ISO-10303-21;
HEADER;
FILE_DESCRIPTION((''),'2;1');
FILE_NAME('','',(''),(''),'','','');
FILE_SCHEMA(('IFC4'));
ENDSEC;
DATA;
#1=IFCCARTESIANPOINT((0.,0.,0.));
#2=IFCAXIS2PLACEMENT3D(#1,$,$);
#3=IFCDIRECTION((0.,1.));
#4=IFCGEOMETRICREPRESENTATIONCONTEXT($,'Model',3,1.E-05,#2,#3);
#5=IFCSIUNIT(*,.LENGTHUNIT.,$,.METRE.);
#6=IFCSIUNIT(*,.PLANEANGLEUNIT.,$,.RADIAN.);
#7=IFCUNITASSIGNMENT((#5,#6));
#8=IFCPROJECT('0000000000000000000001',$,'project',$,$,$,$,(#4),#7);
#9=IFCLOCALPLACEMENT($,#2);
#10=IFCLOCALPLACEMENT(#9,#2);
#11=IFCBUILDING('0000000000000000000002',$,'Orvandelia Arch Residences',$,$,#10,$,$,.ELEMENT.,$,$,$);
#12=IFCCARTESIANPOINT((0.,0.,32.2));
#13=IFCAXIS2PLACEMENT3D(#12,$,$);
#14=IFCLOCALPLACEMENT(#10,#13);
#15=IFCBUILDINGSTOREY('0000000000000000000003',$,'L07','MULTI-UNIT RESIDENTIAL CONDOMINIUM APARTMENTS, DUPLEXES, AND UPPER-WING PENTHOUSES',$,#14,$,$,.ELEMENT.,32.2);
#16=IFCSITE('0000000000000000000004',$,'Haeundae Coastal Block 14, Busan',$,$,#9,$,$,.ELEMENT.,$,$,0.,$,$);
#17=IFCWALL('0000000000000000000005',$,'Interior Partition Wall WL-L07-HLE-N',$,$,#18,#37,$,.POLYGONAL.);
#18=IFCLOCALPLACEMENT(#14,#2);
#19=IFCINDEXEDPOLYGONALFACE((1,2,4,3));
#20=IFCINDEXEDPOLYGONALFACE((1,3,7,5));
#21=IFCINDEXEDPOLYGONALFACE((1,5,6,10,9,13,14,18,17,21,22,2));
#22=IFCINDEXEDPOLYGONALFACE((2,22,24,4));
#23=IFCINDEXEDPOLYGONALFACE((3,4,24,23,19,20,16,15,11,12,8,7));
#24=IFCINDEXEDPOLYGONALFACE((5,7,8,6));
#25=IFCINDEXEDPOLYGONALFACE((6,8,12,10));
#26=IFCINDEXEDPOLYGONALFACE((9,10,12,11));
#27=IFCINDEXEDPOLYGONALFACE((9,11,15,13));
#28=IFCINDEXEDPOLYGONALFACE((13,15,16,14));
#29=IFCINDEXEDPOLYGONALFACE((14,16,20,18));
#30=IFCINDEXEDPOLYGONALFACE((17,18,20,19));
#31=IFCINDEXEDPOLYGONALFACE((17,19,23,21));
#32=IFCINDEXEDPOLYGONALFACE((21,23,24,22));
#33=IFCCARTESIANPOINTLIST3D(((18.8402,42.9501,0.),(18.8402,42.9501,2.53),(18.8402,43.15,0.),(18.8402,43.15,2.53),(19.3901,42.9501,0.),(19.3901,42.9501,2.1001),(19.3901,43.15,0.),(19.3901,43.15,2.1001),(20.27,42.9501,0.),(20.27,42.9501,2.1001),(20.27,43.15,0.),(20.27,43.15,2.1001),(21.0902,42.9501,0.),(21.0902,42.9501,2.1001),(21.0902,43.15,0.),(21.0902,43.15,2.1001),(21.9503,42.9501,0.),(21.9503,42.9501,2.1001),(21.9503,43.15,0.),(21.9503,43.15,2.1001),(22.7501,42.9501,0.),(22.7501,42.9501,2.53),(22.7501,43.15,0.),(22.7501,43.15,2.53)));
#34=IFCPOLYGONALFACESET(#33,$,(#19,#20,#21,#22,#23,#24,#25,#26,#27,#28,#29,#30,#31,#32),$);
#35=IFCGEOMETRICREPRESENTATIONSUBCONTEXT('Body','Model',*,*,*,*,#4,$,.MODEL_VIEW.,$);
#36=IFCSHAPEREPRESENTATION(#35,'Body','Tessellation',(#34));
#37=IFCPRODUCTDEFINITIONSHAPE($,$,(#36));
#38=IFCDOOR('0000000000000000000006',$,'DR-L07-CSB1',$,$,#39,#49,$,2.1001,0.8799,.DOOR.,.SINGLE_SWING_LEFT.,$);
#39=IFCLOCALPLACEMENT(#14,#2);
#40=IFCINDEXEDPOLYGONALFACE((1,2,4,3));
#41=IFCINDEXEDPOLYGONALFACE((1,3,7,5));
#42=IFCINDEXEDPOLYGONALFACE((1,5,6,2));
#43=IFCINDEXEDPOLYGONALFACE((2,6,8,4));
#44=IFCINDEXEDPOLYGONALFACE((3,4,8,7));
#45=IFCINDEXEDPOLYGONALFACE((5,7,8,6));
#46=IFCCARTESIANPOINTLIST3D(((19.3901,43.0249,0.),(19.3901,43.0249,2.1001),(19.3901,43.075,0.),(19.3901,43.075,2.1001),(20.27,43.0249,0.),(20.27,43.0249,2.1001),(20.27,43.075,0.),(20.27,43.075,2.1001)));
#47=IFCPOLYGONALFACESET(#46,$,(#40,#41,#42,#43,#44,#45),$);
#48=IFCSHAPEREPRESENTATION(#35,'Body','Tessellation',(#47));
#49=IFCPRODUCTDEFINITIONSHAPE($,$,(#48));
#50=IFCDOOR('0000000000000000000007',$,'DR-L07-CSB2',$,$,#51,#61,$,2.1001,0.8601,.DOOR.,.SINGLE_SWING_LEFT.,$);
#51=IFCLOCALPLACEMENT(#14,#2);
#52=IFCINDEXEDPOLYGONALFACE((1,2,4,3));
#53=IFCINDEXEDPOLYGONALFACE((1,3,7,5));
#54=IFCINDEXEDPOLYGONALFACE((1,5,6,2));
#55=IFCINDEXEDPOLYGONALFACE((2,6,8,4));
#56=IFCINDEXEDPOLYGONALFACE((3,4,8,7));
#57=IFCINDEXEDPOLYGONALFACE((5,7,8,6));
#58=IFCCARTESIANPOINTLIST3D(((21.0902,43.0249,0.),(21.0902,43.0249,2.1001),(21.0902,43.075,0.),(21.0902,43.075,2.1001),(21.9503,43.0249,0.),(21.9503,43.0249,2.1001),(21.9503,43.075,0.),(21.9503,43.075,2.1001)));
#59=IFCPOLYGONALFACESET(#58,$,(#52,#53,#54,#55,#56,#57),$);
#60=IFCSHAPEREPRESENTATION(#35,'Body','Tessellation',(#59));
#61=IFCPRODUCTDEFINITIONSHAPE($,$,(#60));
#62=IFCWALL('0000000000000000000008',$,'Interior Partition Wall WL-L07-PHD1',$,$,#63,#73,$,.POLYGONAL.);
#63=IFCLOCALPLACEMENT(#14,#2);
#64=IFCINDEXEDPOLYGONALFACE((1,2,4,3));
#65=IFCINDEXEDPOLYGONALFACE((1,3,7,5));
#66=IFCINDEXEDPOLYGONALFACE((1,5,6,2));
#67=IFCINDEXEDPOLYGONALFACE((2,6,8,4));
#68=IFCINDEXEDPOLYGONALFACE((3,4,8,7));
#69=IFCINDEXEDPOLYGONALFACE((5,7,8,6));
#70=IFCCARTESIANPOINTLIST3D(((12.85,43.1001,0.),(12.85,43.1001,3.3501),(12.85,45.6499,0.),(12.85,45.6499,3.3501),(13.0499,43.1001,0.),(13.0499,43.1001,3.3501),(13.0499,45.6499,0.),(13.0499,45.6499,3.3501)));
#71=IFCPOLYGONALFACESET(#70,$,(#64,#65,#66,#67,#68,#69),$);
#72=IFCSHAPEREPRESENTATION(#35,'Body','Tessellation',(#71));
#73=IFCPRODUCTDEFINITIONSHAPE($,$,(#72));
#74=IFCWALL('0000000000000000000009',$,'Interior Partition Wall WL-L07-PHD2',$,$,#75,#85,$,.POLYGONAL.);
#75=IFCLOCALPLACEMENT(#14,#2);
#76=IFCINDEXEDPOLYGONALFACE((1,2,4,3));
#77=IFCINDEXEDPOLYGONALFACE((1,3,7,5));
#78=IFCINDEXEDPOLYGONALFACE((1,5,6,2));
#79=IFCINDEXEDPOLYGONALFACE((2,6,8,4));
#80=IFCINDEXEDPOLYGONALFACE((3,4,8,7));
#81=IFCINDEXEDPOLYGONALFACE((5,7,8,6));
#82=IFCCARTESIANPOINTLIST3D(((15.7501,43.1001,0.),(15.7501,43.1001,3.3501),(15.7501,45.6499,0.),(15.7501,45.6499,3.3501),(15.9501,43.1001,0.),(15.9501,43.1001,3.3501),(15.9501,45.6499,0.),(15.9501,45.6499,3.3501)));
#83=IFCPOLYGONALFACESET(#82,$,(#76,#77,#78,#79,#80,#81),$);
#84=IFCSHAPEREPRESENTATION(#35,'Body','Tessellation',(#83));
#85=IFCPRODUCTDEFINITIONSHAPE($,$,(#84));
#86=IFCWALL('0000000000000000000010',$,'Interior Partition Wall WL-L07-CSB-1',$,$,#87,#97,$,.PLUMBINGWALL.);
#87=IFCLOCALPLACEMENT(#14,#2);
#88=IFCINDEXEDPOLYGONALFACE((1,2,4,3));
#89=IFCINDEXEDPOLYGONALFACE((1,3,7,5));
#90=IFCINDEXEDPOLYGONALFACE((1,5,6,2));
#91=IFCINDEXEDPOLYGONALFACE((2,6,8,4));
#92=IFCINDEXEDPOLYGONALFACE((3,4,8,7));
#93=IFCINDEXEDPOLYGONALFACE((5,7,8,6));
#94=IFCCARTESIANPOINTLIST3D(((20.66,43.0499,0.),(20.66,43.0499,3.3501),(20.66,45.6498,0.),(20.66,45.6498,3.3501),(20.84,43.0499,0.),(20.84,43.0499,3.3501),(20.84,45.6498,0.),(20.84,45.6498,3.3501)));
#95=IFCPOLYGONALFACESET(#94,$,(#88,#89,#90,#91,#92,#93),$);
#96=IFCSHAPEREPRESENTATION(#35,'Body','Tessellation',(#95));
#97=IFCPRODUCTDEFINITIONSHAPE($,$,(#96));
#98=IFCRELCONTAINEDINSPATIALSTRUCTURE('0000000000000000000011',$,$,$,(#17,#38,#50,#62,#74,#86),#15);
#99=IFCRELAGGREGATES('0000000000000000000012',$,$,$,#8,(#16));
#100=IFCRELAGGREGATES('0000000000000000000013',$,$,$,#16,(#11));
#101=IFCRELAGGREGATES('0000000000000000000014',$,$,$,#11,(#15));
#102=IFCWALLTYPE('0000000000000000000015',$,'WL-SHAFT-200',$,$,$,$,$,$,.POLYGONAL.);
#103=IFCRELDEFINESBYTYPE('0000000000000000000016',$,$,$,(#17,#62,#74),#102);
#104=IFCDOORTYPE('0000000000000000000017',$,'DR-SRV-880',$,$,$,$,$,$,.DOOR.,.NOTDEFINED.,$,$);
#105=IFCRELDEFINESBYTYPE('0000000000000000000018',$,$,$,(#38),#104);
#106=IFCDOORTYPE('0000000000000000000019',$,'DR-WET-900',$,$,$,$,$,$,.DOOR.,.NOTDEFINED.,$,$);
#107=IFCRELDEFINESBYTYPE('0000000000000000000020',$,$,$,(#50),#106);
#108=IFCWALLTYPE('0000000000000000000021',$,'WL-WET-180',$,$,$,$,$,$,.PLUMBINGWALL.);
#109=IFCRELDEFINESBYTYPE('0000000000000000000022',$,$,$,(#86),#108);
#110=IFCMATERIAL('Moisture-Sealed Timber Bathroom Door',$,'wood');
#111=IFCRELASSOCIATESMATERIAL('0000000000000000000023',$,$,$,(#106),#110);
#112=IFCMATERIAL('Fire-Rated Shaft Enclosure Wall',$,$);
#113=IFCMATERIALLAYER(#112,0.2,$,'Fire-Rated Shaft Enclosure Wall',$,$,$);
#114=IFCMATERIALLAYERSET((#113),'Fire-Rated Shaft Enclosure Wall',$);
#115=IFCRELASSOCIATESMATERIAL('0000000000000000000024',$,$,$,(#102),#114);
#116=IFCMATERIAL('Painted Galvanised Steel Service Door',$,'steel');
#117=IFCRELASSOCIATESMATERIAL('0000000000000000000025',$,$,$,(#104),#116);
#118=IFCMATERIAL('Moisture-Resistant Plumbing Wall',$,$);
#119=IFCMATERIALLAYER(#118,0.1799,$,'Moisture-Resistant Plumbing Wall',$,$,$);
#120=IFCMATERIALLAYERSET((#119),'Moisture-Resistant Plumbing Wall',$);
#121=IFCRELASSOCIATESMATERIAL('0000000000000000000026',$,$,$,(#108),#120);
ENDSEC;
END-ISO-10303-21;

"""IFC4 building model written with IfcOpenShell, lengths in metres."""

from ifc_helpers import new_model, si_unit, direction, frame, frame_2d, origin, place, context, subcontext, project, spatial, rectangle, extrude, material, layer, layer_set, type_object, element, fill, save


model = new_model("IFC4")

# Units and contexts
model_context = context("Model", 3, precision=1e-05, world=origin(), true_north=direction((0.0, 1.0)))
body_context = subcontext(model_context, "Body", "Model", "MODEL_VIEW")
ifc_project = project(units=[si_unit("LENGTHUNIT", "METRE"), si_unit("PLANEANGLEUNIT", "RADIAN")], contexts=[model_context])

# Site, building, storey
site_placement = place(None, origin())
site = spatial("IfcSite", under=ifc_project, at=site_placement, Name="Haeundae Coastal Block 14, Busan", CompositionType="ELEMENT", RefElevation=0.0)
building_placement = place(site_placement, origin())
building = spatial("IfcBuilding", under=site, at=building_placement, Name="Orvandelia Arch Residences", CompositionType="ELEMENT")
storey_placement = place(building_placement, frame((0.0, 0.0, 32.2)))
storey = spatial("IfcBuildingStorey", under=building, at=storey_placement, Name="L07", Description="MULTI-UNIT RESIDENTIAL CONDOMINIUM APARTMENTS, DUPLEXES, AND UPPER-WING PENTHOUSES", CompositionType="ELEMENT", Elevation=32.2)

# Shared definitions
ifc_material_1 = material(Name="Moisture-Sealed Timber Bathroom Door", Category="wood")
door_type_1 = type_object("IfcDoorType", Name="DR-WET-900", OperationType="NOTDEFINED", PredefinedType="DOOR", material=ifc_material_1)

# Shared definitions
ifc_material_2 = material(Name="Fire-Rated Shaft Enclosure Wall")
ifc_layer_1 = layer(ifc_material_2, 0.2, Name="Fire-Rated Shaft Enclosure Wall")
ifc_layer_set_1 = layer_set([ifc_layer_1], Name="Fire-Rated Shaft Enclosure Wall")
wall_type_1 = type_object("IfcWallType", Name="WL-SHAFT-200", PredefinedType="POLYGONAL", material=ifc_layer_set_1)

# Wall, openings, doors
ifc_material_3 = material(Name="Painted Galvanised Steel Service Door", Category="steel")
door_type_2 = type_object("IfcDoorType", Name="DR-SRV-880", OperationType="NOTDEFINED", PredefinedType="DOOR", material=ifc_material_3)
wall_1_placement = place(storey_placement, frame((18.8401, 43.05, 0.0), z_axis=(0.0, 0.0, 1.0), x_axis=(1.0, 0.0, 0.0)))
wall_1 = element("IfcWall", 1, at=wall_1_placement, inside=storey, type_object=wall_type_1, Name="Interior Partition Wall WL-L07-HLE-N", PredefinedType="POLYGONAL", context=body_context, shape_type="SweptSolid", body=[
    extrude(rectangle(XDim=3.9099, YDim=0.2, at=frame_2d((1.9551, 0.0))), origin(), (0.0, 0.0, 1.0), 2.53),
])
opening_1_placement = place(wall_1_placement, frame((0.55, 0.0, 0.0)))
opening_1 = element("IfcOpeningElement", 2, at=opening_1_placement, cuts=wall_1, PredefinedType="OPENING", context=body_context, shape_type="SweptSolid", body=[
    extrude(rectangle(XDim=0.8799, YDim=2.1001, at=frame_2d((0.4399, 1.05))), frame((0.0, 0.1099, 0.0), z_axis=(0.0, -1.0, 0.0), x_axis=(1.0, 0.0, 0.0)), (0.0, 0.0, 1.0), 0.22),
])
opening_2_placement = place(wall_1_placement, frame((2.25, 0.0, 0.0)))
opening_2 = element("IfcOpeningElement", 3, at=opening_2_placement, cuts=wall_1, PredefinedType="OPENING", context=body_context, shape_type="SweptSolid", body=[
    extrude(rectangle(XDim=0.8601, YDim=2.1001, at=frame_2d((0.4302, 1.05))), frame((0.0, 0.1099, 0.0), z_axis=(0.0, -1.0, 0.0), x_axis=(1.0, 0.0, 0.0)), (0.0, 0.0, 1.0), 0.22),
])
door_1_placement = place(opening_1_placement, origin())
door_1 = element("IfcDoor", 4, at=door_1_placement, inside=storey, type_object=door_type_2, Name="DR-L07-CSB1", OperationType="SINGLE_SWING_LEFT", OverallHeight=2.1001, OverallWidth=0.8799, PredefinedType="DOOR", context=body_context, shape_type="SweptSolid", body=[
    extrude(rectangle(XDim=0.8799, YDim=2.1001, at=frame_2d((0.4399, 1.05))), frame((0.0, 0.0249, 0.0), z_axis=(0.0, -1.0, 0.0), x_axis=(1.0, 0.0, 0.0)), (0.0, 0.0, 1.0), 0.05),
])
fill(opening_1, door_1)
door_2_placement = place(opening_2_placement, origin())
door_2 = element("IfcDoor", 5, at=door_2_placement, inside=storey, type_object=door_type_1, Name="DR-L07-CSB2", OperationType="SINGLE_SWING_LEFT", OverallHeight=2.1001, OverallWidth=0.8601, PredefinedType="DOOR", context=body_context, shape_type="SweptSolid", body=[
    extrude(rectangle(XDim=0.8601, YDim=2.1001, at=frame_2d((0.4302, 1.05))), frame((0.0, 0.0249, 0.0), z_axis=(0.0, -1.0, 0.0), x_axis=(1.0, 0.0, 0.0)), (0.0, 0.0, 1.0), 0.05),
])
fill(opening_2, door_2)

# Walls
for number, where, z_axis, x_axis, name in (
    (6, (12.95, 43.1001, 0.0), (0.0, 0.0, 1.0), (0.0, 1.0, 0.0), "Interior Partition Wall WL-L07-PHD1"),
    (7, (15.8501, 43.1001, 0.0), (0.0, 0.0, 1.0), (0.0, 1.0, 0.0), "Interior Partition Wall WL-L07-PHD2"),
):
    element("IfcWall", number, at=place(storey_placement, frame(where, z_axis=z_axis, x_axis=x_axis)), inside=storey, type_object=wall_type_1, Name=name, PredefinedType="POLYGONAL", context=body_context, shape_type="SweptSolid", body=[
        extrude(rectangle(XDim=2.5498, YDim=0.2, at=frame_2d((1.2749, 0.0))), origin(), (0.0, 0.0, 1.0), 3.3501),
    ])
ifc_material_4 = material(Name="Moisture-Resistant Plumbing Wall")
ifc_layer_2 = layer(ifc_material_4, 0.1799, Name="Moisture-Resistant Plumbing Wall")
ifc_layer_set_2 = layer_set([ifc_layer_2], Name="Moisture-Resistant Plumbing Wall")
wall_type_2 = type_object("IfcWallType", Name="WL-WET-180", PredefinedType="PLUMBINGWALL", material=ifc_layer_set_2)
wall_2_placement = place(storey_placement, frame((20.75, 43.05, 0.0), z_axis=(0.0, 0.0, 1.0), x_axis=(0.0, 1.0, 0.0)))
element("IfcWall", 8, at=wall_2_placement, inside=storey, type_object=wall_type_2, Name="Interior Partition Wall WL-L07-CSB-1", PredefinedType="PLUMBINGWALL", context=body_context, shape_type="SweptSolid", body=[
    extrude(rectangle(XDim=2.5999, YDim=0.1799, at=frame_2d((1.2998, 0.0))), origin(), (0.0, 0.0, 1.0), 3.3501),
])

save(model, "model.ifc")
